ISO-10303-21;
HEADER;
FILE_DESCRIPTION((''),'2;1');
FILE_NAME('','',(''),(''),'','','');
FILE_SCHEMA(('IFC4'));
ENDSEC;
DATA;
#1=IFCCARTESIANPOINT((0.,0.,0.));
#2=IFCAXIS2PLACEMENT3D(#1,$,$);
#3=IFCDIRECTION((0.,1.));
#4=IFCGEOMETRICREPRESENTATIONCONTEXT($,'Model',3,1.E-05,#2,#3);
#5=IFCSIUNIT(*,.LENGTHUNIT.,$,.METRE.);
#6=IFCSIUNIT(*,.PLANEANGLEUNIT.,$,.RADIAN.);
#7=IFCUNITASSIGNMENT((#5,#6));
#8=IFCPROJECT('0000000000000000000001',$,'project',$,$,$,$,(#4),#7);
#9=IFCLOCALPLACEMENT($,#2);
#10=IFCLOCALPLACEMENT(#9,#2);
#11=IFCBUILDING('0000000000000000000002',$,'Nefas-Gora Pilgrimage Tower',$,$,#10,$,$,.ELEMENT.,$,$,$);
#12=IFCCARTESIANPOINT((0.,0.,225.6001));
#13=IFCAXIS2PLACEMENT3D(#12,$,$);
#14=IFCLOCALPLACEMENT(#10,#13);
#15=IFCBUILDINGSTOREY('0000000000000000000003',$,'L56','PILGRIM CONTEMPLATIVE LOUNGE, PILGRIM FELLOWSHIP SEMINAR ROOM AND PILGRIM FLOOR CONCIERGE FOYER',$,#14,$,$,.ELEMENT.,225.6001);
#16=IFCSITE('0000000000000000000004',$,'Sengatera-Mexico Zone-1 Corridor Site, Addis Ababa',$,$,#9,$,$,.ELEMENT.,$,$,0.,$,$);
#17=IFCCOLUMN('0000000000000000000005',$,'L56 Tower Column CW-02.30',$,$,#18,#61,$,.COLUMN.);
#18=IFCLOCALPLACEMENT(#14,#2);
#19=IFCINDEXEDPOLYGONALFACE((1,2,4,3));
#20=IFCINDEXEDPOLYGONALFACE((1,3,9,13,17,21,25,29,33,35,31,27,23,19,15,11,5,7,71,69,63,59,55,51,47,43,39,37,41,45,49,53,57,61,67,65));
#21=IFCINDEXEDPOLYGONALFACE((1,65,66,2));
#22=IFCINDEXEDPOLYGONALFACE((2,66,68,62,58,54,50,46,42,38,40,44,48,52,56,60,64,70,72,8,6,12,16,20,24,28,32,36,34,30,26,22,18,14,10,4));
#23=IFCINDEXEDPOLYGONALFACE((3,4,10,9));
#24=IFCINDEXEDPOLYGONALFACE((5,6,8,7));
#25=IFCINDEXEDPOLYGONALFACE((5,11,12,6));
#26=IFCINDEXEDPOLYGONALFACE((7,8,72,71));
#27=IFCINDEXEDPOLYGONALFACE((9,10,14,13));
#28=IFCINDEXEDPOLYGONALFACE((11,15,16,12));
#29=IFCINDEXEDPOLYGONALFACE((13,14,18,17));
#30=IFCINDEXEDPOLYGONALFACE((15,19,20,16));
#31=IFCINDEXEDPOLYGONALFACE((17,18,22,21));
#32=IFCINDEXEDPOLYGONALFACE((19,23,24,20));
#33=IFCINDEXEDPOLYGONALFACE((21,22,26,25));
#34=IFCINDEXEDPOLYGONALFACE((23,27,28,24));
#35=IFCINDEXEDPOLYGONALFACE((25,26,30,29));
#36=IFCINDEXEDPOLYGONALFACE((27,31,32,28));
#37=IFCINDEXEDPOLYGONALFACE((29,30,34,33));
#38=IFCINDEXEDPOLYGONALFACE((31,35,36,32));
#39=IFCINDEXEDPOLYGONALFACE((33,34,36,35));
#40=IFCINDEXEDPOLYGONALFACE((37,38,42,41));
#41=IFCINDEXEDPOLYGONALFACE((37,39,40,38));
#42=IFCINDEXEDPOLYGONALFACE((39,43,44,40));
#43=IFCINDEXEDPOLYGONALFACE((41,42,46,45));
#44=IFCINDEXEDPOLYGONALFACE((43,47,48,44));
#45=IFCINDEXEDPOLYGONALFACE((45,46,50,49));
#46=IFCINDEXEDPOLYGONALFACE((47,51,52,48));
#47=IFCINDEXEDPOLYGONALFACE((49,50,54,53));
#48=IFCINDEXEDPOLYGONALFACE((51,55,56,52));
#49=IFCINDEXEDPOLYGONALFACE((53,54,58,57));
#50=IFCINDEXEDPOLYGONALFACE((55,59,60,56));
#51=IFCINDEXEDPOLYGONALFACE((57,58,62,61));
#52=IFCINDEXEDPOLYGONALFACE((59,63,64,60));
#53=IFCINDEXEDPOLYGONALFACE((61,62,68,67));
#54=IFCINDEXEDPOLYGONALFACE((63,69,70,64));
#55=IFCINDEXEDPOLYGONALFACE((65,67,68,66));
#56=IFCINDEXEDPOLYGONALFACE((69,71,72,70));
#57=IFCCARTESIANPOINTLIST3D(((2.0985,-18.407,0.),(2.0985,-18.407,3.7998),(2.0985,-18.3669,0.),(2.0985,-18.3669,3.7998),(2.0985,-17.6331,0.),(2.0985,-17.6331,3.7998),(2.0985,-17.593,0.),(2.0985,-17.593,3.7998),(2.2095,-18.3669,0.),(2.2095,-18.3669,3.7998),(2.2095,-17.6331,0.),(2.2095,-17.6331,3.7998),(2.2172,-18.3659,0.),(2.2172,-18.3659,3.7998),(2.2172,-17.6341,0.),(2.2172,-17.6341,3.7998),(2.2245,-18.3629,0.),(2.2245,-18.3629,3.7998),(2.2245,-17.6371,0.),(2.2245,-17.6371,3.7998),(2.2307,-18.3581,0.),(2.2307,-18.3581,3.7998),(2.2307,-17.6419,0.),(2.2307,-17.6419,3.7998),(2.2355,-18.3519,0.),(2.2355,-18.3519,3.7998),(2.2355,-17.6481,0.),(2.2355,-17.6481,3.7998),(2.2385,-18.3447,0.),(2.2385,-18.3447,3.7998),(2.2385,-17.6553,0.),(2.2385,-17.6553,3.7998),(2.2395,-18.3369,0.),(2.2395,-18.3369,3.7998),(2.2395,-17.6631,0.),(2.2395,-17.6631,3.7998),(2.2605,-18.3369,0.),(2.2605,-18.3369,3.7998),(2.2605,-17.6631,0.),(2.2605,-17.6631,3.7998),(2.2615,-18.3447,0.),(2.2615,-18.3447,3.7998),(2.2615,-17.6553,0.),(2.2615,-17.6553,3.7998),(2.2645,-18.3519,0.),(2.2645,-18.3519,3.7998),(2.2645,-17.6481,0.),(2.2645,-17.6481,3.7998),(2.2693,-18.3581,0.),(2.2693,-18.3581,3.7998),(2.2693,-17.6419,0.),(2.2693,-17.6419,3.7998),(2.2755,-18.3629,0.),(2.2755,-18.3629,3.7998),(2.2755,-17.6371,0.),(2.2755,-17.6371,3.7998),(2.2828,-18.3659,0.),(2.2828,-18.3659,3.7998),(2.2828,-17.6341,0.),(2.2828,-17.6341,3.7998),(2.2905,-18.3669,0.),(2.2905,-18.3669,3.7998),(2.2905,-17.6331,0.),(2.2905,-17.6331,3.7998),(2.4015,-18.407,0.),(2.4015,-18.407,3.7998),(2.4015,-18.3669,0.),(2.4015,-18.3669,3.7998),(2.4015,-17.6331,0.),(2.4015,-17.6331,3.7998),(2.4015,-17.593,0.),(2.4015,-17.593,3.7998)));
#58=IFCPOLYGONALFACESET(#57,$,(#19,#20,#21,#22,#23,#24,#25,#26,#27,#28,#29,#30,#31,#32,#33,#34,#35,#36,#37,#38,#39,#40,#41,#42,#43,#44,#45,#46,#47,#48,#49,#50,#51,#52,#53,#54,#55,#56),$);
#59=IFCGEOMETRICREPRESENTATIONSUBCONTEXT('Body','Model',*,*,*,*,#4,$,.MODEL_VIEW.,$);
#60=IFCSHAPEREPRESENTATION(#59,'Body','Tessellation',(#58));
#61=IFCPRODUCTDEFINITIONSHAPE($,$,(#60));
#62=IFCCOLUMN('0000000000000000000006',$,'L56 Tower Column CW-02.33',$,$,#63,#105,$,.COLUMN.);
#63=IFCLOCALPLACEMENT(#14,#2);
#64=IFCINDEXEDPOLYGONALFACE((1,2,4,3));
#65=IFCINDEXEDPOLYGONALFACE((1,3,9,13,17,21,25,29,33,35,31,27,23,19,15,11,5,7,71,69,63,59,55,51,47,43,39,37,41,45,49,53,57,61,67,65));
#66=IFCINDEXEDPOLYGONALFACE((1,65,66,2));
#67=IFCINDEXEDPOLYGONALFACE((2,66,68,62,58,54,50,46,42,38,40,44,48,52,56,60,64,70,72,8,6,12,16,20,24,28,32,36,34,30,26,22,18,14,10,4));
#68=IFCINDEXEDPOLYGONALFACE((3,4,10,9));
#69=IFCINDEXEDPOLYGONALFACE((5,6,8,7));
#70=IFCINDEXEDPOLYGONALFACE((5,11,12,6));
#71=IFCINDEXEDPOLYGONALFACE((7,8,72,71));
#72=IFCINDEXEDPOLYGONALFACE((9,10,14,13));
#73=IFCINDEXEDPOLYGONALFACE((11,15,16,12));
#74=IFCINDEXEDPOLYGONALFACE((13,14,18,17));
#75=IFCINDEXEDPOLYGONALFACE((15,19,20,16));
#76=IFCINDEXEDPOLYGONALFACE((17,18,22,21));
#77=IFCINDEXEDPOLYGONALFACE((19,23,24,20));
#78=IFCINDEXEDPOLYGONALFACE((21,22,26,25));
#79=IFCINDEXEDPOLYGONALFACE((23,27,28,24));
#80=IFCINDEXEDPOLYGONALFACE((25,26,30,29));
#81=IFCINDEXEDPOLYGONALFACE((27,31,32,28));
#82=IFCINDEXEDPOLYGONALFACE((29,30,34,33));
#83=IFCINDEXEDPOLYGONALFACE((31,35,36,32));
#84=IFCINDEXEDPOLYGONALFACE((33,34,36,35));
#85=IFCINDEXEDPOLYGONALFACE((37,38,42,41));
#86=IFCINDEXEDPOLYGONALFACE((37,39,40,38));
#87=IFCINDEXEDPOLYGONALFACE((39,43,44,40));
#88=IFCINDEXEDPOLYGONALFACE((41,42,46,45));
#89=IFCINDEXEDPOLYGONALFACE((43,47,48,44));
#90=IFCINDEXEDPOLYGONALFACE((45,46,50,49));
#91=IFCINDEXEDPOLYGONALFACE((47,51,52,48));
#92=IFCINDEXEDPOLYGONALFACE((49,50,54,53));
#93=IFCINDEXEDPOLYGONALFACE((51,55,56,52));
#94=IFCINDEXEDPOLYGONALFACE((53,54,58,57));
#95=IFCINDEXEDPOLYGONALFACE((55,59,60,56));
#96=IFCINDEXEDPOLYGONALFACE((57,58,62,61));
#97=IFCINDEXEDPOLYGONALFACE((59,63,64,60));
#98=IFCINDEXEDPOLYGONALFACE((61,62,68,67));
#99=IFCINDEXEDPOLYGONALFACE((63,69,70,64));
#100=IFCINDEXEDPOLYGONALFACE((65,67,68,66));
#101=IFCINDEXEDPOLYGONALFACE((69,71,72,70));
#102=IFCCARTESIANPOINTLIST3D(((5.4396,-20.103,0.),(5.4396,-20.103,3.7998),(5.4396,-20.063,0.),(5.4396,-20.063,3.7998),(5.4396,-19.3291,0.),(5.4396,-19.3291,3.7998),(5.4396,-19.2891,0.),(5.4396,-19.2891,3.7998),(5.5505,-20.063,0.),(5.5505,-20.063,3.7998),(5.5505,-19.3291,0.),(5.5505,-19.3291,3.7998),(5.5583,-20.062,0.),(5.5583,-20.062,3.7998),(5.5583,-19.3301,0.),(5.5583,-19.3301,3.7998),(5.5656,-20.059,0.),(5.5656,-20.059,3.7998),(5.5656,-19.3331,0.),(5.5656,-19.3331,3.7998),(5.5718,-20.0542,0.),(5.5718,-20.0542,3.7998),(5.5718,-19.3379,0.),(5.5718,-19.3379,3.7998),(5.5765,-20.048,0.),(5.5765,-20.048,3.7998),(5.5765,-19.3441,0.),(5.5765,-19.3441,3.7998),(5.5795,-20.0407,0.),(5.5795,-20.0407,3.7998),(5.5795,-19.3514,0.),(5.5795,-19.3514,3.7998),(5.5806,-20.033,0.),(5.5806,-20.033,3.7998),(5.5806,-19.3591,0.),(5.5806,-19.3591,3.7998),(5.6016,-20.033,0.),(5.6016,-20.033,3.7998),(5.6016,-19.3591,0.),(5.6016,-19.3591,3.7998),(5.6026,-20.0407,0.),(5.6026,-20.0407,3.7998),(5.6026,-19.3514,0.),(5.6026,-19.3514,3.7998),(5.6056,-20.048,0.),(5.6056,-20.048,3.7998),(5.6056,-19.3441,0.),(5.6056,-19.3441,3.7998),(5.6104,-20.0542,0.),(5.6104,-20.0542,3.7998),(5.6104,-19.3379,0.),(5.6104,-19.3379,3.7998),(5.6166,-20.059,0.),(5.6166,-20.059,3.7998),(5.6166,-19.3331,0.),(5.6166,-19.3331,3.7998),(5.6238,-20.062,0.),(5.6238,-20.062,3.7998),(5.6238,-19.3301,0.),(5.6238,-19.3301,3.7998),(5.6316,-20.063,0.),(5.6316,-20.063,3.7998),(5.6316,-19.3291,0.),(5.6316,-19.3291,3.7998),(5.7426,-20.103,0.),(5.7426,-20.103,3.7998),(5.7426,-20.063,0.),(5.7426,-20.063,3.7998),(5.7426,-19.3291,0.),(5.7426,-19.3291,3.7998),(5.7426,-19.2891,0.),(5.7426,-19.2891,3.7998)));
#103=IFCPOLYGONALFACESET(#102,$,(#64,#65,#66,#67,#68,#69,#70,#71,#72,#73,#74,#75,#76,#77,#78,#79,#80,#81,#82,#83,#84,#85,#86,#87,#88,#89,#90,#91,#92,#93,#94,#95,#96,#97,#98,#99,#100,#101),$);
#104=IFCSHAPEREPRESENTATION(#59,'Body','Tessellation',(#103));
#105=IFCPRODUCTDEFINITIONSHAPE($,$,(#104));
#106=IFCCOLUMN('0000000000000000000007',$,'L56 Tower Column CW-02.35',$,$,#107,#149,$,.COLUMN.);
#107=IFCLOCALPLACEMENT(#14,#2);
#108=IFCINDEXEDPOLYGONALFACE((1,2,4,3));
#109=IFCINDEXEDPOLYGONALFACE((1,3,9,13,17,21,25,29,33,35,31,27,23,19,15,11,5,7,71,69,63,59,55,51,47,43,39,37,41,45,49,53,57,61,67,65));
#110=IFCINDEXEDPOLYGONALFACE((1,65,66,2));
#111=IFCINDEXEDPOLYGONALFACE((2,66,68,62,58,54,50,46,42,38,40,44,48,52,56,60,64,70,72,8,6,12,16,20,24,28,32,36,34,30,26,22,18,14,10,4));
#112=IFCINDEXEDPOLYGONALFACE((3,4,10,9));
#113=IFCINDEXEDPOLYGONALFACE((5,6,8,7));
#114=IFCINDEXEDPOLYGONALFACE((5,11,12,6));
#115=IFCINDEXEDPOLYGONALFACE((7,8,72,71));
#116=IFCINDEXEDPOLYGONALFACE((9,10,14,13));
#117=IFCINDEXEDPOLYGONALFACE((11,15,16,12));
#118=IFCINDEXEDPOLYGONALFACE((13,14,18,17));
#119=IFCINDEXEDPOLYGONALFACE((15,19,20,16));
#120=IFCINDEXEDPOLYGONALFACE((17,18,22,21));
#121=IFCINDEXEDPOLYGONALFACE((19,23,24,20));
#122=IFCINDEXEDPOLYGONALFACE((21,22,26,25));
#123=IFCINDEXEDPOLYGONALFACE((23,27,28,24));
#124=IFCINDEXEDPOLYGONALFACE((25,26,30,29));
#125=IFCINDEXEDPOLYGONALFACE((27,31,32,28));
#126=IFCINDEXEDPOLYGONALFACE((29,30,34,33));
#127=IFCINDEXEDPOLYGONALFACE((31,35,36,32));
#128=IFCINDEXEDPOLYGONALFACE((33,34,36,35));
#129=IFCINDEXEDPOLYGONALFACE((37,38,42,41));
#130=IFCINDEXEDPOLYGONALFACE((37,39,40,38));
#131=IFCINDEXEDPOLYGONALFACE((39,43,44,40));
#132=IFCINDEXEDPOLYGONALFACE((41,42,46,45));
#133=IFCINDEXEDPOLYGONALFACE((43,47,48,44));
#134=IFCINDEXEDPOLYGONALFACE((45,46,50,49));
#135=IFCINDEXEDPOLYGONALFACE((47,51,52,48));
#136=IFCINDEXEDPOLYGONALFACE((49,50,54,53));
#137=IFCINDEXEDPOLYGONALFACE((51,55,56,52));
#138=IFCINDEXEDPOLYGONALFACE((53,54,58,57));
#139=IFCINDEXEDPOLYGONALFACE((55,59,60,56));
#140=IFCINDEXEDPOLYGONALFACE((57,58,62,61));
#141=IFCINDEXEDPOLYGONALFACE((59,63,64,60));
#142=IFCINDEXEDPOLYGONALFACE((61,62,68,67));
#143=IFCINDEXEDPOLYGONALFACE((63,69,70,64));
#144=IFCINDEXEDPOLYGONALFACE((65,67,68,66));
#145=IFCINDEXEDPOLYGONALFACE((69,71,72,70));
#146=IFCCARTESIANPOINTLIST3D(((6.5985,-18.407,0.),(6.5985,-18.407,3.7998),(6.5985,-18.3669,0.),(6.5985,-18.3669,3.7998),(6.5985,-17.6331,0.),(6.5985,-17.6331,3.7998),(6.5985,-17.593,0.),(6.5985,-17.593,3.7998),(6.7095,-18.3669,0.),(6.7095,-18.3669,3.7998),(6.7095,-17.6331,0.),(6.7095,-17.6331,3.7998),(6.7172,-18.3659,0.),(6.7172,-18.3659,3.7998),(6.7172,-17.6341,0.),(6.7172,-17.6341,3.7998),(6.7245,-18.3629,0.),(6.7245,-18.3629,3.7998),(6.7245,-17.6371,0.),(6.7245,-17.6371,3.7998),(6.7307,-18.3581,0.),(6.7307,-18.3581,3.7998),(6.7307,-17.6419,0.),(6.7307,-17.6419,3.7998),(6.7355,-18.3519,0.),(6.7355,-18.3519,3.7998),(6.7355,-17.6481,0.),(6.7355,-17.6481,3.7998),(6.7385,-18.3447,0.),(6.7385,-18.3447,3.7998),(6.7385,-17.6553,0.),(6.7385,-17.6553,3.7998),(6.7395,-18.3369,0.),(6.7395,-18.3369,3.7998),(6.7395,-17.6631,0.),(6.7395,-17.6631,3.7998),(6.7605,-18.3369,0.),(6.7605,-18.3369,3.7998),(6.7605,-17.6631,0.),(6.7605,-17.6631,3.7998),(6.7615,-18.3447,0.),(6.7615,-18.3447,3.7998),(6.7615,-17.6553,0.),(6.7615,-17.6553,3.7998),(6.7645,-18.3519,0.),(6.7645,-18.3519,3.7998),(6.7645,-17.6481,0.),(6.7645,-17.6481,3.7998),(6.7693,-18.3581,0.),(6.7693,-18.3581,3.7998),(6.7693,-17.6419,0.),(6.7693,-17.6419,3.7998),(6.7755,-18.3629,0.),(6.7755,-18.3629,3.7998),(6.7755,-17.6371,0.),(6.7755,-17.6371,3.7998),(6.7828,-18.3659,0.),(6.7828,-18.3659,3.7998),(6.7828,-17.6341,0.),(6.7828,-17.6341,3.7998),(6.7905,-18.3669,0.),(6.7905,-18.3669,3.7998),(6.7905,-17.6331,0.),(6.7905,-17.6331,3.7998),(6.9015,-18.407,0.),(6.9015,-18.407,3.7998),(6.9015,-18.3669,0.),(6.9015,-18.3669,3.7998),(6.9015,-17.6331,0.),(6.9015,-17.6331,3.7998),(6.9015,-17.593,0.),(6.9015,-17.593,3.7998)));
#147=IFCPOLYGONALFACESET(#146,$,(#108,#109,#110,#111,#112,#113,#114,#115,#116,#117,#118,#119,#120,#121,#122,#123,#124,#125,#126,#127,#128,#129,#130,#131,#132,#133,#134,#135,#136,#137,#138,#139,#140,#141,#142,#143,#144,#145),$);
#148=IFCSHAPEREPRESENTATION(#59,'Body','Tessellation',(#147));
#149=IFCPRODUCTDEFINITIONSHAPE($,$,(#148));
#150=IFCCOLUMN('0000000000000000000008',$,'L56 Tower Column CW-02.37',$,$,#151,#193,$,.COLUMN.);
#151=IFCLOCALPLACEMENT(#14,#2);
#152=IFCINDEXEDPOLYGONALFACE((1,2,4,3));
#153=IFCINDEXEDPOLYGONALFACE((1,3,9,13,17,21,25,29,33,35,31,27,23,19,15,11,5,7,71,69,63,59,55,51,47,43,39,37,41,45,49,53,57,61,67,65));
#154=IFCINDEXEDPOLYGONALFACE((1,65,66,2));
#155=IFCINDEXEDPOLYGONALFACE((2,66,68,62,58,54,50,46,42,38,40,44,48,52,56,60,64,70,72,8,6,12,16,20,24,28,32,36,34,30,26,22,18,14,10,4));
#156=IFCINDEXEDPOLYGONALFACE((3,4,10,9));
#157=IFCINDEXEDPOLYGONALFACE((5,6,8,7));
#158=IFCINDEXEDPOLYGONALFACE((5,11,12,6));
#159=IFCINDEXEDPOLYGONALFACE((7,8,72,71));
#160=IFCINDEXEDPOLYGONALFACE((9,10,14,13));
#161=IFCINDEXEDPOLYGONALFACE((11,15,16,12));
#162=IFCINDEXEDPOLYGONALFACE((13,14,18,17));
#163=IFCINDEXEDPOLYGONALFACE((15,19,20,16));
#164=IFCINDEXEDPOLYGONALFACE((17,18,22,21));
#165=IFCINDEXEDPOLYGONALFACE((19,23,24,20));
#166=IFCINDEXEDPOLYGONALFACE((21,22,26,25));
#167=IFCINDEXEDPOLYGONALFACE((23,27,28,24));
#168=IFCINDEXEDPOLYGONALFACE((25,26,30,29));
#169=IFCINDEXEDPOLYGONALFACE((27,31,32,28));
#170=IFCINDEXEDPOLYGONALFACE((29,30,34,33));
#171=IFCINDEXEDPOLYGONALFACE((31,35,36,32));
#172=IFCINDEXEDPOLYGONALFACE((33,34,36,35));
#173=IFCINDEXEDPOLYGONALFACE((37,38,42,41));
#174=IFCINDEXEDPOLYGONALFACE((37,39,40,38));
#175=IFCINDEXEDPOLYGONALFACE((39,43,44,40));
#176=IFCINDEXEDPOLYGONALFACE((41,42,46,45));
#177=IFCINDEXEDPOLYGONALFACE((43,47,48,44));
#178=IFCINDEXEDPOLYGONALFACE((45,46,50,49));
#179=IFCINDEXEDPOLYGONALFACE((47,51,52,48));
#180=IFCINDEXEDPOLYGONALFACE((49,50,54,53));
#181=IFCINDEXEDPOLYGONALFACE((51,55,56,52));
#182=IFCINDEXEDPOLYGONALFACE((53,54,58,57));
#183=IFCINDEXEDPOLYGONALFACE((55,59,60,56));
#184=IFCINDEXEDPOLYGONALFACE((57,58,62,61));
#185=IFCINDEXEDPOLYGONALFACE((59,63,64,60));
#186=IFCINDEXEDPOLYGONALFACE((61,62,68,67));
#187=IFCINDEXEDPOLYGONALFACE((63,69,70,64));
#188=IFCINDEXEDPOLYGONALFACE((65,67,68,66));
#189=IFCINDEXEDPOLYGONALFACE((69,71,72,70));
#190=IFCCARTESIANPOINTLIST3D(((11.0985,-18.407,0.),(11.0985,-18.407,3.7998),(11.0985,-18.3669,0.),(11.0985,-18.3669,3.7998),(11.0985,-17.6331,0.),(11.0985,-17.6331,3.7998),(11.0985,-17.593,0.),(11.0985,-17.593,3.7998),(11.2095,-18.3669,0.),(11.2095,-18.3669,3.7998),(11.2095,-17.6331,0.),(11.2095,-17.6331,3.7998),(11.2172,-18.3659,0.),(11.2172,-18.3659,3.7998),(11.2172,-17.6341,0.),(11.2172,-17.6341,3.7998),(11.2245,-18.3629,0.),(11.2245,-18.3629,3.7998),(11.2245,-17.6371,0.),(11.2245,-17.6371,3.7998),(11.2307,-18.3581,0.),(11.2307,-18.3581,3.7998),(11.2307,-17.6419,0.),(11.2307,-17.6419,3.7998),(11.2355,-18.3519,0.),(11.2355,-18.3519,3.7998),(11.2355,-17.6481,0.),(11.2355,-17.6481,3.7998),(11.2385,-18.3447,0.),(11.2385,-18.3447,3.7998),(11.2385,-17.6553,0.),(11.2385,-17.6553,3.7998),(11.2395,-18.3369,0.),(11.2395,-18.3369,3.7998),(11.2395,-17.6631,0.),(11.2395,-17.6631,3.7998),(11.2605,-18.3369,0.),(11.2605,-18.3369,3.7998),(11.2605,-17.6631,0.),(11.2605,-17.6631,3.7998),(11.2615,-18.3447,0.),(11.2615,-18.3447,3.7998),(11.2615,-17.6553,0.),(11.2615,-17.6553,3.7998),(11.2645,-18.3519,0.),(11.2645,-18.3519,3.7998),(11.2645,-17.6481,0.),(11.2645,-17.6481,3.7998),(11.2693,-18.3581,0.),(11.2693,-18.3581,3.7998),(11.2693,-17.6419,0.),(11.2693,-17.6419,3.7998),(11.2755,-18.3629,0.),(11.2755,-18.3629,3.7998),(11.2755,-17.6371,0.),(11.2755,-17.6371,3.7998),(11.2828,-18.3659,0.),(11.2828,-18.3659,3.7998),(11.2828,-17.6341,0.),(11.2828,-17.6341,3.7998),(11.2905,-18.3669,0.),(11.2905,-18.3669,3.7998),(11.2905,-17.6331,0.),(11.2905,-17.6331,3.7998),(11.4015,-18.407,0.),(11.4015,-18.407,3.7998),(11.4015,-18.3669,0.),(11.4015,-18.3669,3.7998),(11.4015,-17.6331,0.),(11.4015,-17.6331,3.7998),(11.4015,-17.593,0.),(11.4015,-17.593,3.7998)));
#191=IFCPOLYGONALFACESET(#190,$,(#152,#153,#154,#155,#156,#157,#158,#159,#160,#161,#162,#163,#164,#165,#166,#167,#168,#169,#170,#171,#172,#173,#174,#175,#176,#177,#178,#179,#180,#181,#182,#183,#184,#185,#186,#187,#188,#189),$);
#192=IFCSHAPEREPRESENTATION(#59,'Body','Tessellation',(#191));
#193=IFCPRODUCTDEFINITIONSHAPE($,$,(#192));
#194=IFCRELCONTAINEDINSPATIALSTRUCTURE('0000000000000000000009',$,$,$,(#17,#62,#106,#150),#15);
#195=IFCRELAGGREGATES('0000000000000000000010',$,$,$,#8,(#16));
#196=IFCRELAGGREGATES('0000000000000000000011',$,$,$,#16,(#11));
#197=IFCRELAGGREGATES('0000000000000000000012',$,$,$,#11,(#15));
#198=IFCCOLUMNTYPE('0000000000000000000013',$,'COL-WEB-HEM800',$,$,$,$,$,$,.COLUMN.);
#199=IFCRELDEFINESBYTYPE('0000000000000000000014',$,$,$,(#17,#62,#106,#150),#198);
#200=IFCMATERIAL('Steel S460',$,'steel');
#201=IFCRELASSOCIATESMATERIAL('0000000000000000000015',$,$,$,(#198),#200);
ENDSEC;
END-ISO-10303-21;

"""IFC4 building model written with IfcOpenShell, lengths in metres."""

from ifc_helpers import new_model, si_unit, direction, frame, origin, origin_2d, place, context, subcontext, project, spatial, i_section, extrude, source, transform, mapped, material, material_profile, profile_set, type_object, element, save


model = new_model("IFC4")

# Units and contexts
model_context = context("Model", 3, precision=1e-05, world=origin(), true_north=direction((0.0, 1.0)))
body_context = subcontext(model_context, "Body", "Model", "MODEL_VIEW")
ifc_project = project(units=[si_unit("LENGTHUNIT", "METRE"), si_unit("PLANEANGLEUNIT", "RADIAN")], contexts=[model_context])

# Site, building, storey
site_placement = place(None, origin())
site = spatial("IfcSite", under=ifc_project, at=site_placement, Name="Sengatera-Mexico Zone-1 Corridor Site, Addis Ababa", CompositionType="ELEMENT", RefElevation=0.0)
building_placement = place(site_placement, origin())
building = spatial("IfcBuilding", under=site, at=building_placement, Name="Nefas-Gora Pilgrimage Tower", CompositionType="ELEMENT")
storey_placement = place(building_placement, frame((0.0, 0.0, 225.6001)))
storey = spatial("IfcBuildingStorey", under=building, at=storey_placement, Name="L56", Description="PILGRIM CONTEMPLATIVE LOUNGE, PILGRIM FELLOWSHIP SEMINAR ROOM AND PILGRIM FLOOR CONCIERGE FOYER", CompositionType="ELEMENT", Elevation=225.6001)

# Columns
ifc_material_1 = material(Name="Steel S460", Category="steel")
ifc_material_profile_1 = material_profile(ifc_material_1, i_section(OverallWidth=0.303, OverallDepth=0.814, WebThickness=0.021, FlangeThickness=0.04, FilletRadius=0.03, at=origin_2d()), Name="HEM 800")
ifc_profile_set_1 = profile_set([ifc_material_profile_1], Name="Steel S460")
column_type_1 = type_object("IfcColumnType", Name="COL-WEB-HEM800", PredefinedType="COLUMN", material=ifc_profile_set_1)
shared_shape_1 = source(origin(), body_context, "Body", "SweptSolid", [
    extrude(i_section(OverallWidth=0.303, OverallDepth=0.814, WebThickness=0.021, FlangeThickness=0.04, FilletRadius=0.03, at=origin_2d()), origin(), (0.0, 0.0, 1.0), 3.7998),
])
for number, where, z_axis, x_axis, name in (
    (1, (2.25, -18.0, 0.0), (0.0, 0.0, 1.0), (1.0, 0.0, 0.0), "L56 Tower Column CW-02.30"),
    (2, (5.5911, -19.696, 0.0), (0.0, 0.0, 1.0), (1.0, 0.0, 0.0), "L56 Tower Column CW-02.33"),
    (3, (6.75, -18.0, 0.0), (0.0, 0.0, 1.0), (1.0, 0.0, 0.0), "L56 Tower Column CW-02.35"),
    (4, (11.25, -18.0, 0.0), (0.0, 0.0, 1.0), (1.0, 0.0, 0.0), "L56 Tower Column CW-02.37"),
):
    element("IfcColumn", number, at=place(storey_placement, frame(where, z_axis=z_axis, x_axis=x_axis)), inside=storey, type_object=column_type_1, Name=name, PredefinedType="COLUMN", context=body_context, shape_type="MappedRepresentation", body=[
        mapped(shared_shape_1, transform((0.0, 0.0, 0.0), x_axis=(1.0, 0.0, 0.0), y_axis=(0.0, 1.0, 0.0), z_axis=(0.0, 0.0, 1.0), scale=1.0)),
    ])

save(model, "model.ifc")
